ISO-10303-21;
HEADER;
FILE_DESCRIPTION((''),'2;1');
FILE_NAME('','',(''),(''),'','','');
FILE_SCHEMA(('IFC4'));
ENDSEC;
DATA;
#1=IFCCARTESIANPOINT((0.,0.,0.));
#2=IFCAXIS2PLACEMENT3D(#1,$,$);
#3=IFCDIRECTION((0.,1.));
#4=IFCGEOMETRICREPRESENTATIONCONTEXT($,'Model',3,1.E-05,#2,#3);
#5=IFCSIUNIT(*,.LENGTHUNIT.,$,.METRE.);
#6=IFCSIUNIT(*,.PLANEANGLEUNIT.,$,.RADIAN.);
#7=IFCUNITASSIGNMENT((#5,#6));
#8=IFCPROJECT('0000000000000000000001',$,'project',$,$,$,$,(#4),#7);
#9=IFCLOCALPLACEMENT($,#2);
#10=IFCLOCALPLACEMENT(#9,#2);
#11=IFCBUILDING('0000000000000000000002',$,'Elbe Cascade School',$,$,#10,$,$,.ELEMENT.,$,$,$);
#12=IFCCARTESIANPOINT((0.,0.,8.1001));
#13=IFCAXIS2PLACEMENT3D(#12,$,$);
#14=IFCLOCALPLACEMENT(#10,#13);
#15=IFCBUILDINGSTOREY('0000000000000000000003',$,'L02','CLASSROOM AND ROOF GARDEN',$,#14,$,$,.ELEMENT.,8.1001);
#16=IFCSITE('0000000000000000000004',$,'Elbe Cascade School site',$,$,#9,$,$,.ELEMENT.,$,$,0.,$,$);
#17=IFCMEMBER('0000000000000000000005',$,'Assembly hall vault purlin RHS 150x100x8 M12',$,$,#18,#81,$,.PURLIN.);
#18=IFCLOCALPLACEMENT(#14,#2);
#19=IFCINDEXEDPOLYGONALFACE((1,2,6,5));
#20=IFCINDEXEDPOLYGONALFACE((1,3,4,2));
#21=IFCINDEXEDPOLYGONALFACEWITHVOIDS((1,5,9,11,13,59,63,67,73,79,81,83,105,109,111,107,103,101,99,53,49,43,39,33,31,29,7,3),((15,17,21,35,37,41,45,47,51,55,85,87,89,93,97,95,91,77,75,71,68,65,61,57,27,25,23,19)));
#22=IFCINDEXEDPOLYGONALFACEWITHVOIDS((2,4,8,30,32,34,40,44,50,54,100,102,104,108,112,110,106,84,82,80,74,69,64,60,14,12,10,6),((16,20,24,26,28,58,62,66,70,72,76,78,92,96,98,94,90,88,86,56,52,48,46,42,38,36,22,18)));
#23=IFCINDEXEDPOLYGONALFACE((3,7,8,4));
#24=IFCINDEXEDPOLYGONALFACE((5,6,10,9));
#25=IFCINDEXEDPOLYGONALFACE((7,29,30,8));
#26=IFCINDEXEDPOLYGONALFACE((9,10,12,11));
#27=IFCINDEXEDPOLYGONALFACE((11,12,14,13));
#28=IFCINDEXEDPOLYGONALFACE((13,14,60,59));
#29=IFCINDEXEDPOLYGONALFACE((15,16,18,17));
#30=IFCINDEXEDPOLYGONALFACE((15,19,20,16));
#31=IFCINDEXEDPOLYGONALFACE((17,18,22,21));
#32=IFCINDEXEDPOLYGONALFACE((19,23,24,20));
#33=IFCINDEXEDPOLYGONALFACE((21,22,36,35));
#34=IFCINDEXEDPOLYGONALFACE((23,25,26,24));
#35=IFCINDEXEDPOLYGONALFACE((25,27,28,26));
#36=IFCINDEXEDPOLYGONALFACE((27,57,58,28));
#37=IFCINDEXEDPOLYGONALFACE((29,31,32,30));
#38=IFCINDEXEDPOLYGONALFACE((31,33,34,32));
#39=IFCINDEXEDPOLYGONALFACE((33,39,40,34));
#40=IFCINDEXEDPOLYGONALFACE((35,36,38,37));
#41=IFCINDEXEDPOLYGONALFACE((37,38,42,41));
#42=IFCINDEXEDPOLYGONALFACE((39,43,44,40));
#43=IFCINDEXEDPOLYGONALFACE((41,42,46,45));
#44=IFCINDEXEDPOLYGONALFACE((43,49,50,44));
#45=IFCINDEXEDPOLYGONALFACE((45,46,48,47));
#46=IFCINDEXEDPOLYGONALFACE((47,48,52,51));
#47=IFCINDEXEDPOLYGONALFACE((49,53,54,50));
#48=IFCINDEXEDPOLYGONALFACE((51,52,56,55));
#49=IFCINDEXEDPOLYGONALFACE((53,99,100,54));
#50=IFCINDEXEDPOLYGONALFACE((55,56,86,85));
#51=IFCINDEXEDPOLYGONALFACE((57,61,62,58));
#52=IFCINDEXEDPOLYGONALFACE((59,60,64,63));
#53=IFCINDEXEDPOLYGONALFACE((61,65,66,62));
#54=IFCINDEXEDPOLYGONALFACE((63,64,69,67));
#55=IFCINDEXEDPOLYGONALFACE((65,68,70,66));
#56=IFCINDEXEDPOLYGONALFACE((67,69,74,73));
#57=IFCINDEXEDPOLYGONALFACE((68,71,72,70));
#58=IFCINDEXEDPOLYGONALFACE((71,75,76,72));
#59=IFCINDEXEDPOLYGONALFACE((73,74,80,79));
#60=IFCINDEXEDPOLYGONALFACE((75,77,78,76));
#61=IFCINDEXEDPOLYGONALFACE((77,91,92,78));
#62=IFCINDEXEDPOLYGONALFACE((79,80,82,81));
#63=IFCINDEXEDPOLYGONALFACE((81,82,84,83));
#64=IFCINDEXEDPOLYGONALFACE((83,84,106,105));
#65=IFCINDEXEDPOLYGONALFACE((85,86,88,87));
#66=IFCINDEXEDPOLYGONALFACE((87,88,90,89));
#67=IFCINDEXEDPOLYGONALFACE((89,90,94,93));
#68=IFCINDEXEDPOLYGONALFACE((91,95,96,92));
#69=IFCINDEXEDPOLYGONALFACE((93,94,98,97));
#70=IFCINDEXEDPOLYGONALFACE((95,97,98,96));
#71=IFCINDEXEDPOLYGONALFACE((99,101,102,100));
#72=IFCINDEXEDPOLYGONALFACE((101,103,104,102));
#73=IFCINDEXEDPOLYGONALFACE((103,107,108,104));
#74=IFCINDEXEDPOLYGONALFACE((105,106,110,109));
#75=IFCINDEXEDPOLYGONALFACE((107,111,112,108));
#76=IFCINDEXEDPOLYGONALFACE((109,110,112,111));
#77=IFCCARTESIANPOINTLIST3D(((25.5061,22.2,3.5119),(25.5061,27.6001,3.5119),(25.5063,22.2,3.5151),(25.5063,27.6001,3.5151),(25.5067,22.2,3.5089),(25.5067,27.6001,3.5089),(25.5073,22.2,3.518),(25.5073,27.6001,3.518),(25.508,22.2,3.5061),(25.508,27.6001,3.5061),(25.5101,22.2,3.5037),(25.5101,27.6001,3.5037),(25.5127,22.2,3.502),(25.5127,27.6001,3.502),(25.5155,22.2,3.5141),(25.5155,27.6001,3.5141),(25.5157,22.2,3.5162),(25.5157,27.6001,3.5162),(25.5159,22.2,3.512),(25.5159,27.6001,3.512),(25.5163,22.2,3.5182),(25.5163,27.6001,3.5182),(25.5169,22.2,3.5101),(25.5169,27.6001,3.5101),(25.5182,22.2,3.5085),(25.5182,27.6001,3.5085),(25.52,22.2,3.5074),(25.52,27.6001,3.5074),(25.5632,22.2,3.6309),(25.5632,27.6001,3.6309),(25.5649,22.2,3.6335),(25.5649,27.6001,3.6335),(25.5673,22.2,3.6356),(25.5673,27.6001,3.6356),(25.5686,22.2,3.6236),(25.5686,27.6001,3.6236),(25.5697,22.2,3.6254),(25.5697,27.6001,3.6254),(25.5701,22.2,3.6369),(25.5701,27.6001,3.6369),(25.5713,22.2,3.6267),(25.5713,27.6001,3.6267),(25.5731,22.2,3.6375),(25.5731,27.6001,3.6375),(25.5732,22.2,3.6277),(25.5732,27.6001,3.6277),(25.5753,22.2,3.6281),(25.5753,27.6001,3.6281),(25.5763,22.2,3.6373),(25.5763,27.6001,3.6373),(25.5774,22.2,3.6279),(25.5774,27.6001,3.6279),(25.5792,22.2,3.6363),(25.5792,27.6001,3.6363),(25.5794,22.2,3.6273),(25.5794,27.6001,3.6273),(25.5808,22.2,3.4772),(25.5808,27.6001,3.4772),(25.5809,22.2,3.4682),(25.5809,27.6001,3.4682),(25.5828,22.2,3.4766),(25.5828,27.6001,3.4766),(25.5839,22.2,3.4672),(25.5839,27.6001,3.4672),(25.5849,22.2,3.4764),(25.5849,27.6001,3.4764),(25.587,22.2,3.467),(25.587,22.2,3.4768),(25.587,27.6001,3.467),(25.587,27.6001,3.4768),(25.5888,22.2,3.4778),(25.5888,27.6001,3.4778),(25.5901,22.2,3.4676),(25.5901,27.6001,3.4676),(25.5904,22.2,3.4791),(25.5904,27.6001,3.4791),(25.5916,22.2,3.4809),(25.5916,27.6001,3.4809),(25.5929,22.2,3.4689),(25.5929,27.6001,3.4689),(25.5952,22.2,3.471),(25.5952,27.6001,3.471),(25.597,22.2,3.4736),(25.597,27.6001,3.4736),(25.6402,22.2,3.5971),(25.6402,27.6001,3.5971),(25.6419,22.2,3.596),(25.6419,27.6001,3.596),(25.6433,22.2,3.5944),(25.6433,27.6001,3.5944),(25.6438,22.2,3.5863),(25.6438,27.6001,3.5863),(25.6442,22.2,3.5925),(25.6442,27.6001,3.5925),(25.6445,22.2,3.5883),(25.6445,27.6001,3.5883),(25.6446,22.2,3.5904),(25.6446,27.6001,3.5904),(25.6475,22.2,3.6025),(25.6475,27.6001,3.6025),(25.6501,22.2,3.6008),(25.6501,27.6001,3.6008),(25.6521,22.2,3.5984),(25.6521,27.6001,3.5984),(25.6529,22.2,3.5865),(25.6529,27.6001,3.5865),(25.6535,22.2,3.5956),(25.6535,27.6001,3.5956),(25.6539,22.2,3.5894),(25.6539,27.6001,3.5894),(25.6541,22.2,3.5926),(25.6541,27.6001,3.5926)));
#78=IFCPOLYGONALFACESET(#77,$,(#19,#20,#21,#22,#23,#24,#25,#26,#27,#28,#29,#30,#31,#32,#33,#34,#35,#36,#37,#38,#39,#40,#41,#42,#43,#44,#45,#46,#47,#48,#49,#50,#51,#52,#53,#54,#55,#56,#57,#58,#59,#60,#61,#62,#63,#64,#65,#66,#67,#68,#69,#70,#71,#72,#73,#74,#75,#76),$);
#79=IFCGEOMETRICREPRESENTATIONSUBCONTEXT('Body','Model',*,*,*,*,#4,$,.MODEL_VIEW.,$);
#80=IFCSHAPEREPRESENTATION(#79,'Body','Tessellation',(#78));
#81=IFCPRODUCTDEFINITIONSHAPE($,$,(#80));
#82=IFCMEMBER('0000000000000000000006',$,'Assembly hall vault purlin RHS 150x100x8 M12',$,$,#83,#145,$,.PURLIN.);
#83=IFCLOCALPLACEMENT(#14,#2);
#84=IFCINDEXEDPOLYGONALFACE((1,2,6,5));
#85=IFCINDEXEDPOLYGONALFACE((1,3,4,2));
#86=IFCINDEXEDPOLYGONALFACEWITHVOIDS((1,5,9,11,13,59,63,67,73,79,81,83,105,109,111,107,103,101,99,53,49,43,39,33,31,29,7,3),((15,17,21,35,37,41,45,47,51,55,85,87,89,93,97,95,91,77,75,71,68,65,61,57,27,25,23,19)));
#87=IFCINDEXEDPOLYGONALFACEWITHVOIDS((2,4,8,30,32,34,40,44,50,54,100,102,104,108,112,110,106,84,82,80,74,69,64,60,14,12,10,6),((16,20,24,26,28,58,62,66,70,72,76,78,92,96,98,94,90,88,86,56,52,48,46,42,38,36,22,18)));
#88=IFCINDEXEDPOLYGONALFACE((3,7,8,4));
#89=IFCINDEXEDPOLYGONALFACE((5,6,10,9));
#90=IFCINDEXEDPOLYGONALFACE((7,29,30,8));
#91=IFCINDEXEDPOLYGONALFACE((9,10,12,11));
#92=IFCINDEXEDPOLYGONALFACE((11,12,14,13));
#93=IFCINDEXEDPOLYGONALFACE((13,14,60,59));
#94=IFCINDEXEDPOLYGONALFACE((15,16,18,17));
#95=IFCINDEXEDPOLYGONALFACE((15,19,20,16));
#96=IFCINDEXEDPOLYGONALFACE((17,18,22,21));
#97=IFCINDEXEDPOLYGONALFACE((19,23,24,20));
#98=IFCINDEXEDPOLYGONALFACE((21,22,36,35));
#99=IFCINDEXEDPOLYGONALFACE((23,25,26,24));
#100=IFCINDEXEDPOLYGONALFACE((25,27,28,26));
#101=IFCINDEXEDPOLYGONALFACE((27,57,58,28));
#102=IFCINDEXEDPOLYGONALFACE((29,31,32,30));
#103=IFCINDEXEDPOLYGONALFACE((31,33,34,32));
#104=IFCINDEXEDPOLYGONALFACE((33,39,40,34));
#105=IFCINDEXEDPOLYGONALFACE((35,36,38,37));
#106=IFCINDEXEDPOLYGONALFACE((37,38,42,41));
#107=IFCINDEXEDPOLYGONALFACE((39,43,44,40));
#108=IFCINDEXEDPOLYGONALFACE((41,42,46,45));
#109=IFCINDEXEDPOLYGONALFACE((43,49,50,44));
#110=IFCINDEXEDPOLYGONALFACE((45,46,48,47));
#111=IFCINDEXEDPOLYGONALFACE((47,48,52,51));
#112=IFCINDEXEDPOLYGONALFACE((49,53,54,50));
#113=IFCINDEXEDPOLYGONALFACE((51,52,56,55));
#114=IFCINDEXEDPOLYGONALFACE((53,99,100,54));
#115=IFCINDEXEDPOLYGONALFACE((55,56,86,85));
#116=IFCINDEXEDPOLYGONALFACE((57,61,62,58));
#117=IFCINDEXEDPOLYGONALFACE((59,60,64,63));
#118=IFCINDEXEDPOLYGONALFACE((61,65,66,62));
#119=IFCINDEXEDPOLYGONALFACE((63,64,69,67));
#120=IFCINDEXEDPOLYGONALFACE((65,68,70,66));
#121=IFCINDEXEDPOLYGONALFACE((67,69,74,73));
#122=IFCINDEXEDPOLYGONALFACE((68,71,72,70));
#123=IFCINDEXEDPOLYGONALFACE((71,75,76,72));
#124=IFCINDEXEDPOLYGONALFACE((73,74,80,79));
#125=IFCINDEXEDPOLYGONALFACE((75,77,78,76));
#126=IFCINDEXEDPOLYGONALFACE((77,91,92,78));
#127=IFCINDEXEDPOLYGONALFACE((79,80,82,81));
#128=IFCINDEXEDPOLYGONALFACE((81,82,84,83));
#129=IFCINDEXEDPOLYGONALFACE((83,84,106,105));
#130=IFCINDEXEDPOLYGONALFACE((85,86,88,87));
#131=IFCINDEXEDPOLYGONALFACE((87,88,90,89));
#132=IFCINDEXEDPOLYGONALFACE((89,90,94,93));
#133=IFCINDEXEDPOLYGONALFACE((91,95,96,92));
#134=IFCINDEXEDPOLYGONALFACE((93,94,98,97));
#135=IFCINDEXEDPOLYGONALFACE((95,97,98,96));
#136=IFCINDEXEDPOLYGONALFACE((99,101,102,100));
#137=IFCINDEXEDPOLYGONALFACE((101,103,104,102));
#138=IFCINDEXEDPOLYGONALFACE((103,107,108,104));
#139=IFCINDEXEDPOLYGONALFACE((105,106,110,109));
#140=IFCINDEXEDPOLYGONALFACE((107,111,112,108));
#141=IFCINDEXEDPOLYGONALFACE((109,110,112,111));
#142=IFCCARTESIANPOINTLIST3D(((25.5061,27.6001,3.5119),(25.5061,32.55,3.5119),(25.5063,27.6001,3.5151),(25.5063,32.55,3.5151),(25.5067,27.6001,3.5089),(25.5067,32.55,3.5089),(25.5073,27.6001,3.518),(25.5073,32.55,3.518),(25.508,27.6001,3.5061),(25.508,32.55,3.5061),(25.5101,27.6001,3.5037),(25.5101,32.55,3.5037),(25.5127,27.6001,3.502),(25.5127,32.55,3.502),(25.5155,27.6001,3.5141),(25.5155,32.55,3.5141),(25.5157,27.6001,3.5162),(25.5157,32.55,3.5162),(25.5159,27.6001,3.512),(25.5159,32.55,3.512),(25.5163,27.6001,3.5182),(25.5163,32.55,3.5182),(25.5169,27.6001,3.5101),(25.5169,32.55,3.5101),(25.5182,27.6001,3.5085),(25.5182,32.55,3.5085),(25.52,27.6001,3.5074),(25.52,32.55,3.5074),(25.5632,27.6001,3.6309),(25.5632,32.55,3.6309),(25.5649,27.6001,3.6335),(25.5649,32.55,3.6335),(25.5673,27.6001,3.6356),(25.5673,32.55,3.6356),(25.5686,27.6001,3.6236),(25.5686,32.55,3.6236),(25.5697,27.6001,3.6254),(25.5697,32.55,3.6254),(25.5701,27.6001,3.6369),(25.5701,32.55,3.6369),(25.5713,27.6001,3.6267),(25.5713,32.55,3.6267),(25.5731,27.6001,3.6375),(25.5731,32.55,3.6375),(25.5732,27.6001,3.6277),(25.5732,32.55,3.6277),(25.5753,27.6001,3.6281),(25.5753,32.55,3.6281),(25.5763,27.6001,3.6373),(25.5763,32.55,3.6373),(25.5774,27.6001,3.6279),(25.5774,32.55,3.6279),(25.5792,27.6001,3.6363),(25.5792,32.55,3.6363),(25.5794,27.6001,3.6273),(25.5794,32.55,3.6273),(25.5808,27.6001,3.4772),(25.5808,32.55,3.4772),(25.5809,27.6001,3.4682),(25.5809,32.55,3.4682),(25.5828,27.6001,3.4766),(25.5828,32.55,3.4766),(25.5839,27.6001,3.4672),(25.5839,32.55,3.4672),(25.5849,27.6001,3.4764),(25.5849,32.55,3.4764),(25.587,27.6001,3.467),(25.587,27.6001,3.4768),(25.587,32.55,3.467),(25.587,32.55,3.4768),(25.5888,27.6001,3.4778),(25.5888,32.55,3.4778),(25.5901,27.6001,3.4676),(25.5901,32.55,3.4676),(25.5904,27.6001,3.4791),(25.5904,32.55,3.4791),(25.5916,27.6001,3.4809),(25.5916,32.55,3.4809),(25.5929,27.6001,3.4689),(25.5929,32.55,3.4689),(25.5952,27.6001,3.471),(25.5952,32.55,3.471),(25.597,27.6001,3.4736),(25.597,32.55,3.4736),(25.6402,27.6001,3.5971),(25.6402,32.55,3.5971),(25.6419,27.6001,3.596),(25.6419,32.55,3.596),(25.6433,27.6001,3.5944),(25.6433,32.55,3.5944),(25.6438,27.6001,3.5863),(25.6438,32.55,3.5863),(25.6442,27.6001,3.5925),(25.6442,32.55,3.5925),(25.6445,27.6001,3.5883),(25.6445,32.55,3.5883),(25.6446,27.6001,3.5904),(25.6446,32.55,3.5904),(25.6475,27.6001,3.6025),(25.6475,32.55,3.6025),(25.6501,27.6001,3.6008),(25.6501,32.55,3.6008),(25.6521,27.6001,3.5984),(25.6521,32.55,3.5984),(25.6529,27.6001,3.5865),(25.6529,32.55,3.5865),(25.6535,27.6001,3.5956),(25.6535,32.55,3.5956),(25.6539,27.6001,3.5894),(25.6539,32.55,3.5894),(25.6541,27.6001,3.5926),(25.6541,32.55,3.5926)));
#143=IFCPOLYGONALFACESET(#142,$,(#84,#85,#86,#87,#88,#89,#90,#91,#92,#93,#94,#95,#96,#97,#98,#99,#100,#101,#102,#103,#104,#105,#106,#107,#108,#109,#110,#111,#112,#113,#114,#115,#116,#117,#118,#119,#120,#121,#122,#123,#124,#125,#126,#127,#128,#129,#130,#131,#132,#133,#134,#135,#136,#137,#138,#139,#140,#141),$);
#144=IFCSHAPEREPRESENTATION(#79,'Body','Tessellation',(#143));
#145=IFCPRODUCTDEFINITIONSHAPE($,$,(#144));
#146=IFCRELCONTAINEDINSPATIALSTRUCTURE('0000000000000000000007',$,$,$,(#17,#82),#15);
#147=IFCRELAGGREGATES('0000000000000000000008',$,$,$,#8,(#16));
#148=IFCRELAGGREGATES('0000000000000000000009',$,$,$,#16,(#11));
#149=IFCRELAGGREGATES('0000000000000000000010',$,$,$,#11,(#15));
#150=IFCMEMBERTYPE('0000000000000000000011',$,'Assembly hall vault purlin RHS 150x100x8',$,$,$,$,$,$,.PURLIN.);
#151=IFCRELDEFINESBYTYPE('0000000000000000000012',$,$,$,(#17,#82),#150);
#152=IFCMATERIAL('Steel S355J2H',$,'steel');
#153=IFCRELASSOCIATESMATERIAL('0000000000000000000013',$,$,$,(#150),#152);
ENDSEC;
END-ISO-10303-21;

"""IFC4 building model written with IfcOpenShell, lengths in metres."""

from ifc_helpers import new_model, si_unit, direction, frame, origin, origin_2d, place, context, subcontext, project, spatial, hollow_rectangle, extrude, material, material_profile, profile_set, type_object, element, save


model = new_model("IFC4")

# Units and contexts
model_context = context("Model", 3, precision=1e-05, world=origin(), true_north=direction((0.0, 1.0)))
body_context = subcontext(model_context, "Body", "Model", "MODEL_VIEW")
ifc_project = project(units=[si_unit("LENGTHUNIT", "METRE"), si_unit("PLANEANGLEUNIT", "RADIAN")], contexts=[model_context])

# Site, building, storey
site_placement = place(None, origin())
site = spatial("IfcSite", under=ifc_project, at=site_placement, Name="Elbe Cascade School site", CompositionType="ELEMENT", RefElevation=0.0)
building_placement = place(site_placement, origin())
building = spatial("IfcBuilding", under=site, at=building_placement, Name="Elbe Cascade School", CompositionType="ELEMENT")
storey_placement = place(building_placement, frame((0.0, 0.0, 8.1001)))
storey = spatial("IfcBuildingStorey", under=building, at=storey_placement, Name="L02", Description="CLASSROOM AND ROOF GARDEN", CompositionType="ELEMENT", Elevation=8.1001)

# Members
ifc_material_1 = material(Name="Steel S355J2H", Category="steel")
ifc_material_profile_1 = material_profile(ifc_material_1, hollow_rectangle(XDim=0.1001, YDim=0.1499, WallThickness=0.0081, InnerFilletRadius=0.0081, OuterFilletRadius=0.012, at=origin_2d()), Name="RHS 150x100x8")
ifc_profile_set_1 = profile_set([ifc_material_profile_1], Name="Steel S355J2H")
member_type_1 = type_object("IfcMemberType", Name="Assembly hall vault purlin RHS 150x100x8", PredefinedType="PURLIN", material=ifc_profile_set_1)
member_1_placement = place(storey_placement, frame((25.5801, 22.2, 3.5522), z_axis=(0.0, 1.0, 0.0), x_axis=(-0.896151, 0.0, 0.44375)))
element("IfcMember", 1, at=member_1_placement, inside=storey, type_object=member_type_1, Name="Assembly hall vault purlin RHS 150x100x8 M12", PredefinedType="PURLIN", context=body_context, shape_type="SweptSolid", body=[
    extrude(hollow_rectangle(XDim=0.1001, YDim=0.1499, WallThickness=0.0081, InnerFilletRadius=0.0081, OuterFilletRadius=0.012, at=origin_2d()), origin(), (0.0, 0.0, 1.0), 5.4001),
])
member_2_placement = place(storey_placement, frame((25.5801, 27.6001, 3.5522), z_axis=(0.0, 1.0, 0.0), x_axis=(-0.896151, 0.0, 0.44375)))
element("IfcMember", 2, at=member_2_placement, inside=storey, type_object=member_type_1, Name="Assembly hall vault purlin RHS 150x100x8 M12", PredefinedType="PURLIN", context=body_context, shape_type="SweptSolid", body=[
    extrude(hollow_rectangle(XDim=0.1001, YDim=0.1499, WallThickness=0.0081, InnerFilletRadius=0.0081, OuterFilletRadius=0.012, at=origin_2d()), origin(), (0.0, 0.0, 1.0), 4.95),
])

save(model, "model.ifc")
